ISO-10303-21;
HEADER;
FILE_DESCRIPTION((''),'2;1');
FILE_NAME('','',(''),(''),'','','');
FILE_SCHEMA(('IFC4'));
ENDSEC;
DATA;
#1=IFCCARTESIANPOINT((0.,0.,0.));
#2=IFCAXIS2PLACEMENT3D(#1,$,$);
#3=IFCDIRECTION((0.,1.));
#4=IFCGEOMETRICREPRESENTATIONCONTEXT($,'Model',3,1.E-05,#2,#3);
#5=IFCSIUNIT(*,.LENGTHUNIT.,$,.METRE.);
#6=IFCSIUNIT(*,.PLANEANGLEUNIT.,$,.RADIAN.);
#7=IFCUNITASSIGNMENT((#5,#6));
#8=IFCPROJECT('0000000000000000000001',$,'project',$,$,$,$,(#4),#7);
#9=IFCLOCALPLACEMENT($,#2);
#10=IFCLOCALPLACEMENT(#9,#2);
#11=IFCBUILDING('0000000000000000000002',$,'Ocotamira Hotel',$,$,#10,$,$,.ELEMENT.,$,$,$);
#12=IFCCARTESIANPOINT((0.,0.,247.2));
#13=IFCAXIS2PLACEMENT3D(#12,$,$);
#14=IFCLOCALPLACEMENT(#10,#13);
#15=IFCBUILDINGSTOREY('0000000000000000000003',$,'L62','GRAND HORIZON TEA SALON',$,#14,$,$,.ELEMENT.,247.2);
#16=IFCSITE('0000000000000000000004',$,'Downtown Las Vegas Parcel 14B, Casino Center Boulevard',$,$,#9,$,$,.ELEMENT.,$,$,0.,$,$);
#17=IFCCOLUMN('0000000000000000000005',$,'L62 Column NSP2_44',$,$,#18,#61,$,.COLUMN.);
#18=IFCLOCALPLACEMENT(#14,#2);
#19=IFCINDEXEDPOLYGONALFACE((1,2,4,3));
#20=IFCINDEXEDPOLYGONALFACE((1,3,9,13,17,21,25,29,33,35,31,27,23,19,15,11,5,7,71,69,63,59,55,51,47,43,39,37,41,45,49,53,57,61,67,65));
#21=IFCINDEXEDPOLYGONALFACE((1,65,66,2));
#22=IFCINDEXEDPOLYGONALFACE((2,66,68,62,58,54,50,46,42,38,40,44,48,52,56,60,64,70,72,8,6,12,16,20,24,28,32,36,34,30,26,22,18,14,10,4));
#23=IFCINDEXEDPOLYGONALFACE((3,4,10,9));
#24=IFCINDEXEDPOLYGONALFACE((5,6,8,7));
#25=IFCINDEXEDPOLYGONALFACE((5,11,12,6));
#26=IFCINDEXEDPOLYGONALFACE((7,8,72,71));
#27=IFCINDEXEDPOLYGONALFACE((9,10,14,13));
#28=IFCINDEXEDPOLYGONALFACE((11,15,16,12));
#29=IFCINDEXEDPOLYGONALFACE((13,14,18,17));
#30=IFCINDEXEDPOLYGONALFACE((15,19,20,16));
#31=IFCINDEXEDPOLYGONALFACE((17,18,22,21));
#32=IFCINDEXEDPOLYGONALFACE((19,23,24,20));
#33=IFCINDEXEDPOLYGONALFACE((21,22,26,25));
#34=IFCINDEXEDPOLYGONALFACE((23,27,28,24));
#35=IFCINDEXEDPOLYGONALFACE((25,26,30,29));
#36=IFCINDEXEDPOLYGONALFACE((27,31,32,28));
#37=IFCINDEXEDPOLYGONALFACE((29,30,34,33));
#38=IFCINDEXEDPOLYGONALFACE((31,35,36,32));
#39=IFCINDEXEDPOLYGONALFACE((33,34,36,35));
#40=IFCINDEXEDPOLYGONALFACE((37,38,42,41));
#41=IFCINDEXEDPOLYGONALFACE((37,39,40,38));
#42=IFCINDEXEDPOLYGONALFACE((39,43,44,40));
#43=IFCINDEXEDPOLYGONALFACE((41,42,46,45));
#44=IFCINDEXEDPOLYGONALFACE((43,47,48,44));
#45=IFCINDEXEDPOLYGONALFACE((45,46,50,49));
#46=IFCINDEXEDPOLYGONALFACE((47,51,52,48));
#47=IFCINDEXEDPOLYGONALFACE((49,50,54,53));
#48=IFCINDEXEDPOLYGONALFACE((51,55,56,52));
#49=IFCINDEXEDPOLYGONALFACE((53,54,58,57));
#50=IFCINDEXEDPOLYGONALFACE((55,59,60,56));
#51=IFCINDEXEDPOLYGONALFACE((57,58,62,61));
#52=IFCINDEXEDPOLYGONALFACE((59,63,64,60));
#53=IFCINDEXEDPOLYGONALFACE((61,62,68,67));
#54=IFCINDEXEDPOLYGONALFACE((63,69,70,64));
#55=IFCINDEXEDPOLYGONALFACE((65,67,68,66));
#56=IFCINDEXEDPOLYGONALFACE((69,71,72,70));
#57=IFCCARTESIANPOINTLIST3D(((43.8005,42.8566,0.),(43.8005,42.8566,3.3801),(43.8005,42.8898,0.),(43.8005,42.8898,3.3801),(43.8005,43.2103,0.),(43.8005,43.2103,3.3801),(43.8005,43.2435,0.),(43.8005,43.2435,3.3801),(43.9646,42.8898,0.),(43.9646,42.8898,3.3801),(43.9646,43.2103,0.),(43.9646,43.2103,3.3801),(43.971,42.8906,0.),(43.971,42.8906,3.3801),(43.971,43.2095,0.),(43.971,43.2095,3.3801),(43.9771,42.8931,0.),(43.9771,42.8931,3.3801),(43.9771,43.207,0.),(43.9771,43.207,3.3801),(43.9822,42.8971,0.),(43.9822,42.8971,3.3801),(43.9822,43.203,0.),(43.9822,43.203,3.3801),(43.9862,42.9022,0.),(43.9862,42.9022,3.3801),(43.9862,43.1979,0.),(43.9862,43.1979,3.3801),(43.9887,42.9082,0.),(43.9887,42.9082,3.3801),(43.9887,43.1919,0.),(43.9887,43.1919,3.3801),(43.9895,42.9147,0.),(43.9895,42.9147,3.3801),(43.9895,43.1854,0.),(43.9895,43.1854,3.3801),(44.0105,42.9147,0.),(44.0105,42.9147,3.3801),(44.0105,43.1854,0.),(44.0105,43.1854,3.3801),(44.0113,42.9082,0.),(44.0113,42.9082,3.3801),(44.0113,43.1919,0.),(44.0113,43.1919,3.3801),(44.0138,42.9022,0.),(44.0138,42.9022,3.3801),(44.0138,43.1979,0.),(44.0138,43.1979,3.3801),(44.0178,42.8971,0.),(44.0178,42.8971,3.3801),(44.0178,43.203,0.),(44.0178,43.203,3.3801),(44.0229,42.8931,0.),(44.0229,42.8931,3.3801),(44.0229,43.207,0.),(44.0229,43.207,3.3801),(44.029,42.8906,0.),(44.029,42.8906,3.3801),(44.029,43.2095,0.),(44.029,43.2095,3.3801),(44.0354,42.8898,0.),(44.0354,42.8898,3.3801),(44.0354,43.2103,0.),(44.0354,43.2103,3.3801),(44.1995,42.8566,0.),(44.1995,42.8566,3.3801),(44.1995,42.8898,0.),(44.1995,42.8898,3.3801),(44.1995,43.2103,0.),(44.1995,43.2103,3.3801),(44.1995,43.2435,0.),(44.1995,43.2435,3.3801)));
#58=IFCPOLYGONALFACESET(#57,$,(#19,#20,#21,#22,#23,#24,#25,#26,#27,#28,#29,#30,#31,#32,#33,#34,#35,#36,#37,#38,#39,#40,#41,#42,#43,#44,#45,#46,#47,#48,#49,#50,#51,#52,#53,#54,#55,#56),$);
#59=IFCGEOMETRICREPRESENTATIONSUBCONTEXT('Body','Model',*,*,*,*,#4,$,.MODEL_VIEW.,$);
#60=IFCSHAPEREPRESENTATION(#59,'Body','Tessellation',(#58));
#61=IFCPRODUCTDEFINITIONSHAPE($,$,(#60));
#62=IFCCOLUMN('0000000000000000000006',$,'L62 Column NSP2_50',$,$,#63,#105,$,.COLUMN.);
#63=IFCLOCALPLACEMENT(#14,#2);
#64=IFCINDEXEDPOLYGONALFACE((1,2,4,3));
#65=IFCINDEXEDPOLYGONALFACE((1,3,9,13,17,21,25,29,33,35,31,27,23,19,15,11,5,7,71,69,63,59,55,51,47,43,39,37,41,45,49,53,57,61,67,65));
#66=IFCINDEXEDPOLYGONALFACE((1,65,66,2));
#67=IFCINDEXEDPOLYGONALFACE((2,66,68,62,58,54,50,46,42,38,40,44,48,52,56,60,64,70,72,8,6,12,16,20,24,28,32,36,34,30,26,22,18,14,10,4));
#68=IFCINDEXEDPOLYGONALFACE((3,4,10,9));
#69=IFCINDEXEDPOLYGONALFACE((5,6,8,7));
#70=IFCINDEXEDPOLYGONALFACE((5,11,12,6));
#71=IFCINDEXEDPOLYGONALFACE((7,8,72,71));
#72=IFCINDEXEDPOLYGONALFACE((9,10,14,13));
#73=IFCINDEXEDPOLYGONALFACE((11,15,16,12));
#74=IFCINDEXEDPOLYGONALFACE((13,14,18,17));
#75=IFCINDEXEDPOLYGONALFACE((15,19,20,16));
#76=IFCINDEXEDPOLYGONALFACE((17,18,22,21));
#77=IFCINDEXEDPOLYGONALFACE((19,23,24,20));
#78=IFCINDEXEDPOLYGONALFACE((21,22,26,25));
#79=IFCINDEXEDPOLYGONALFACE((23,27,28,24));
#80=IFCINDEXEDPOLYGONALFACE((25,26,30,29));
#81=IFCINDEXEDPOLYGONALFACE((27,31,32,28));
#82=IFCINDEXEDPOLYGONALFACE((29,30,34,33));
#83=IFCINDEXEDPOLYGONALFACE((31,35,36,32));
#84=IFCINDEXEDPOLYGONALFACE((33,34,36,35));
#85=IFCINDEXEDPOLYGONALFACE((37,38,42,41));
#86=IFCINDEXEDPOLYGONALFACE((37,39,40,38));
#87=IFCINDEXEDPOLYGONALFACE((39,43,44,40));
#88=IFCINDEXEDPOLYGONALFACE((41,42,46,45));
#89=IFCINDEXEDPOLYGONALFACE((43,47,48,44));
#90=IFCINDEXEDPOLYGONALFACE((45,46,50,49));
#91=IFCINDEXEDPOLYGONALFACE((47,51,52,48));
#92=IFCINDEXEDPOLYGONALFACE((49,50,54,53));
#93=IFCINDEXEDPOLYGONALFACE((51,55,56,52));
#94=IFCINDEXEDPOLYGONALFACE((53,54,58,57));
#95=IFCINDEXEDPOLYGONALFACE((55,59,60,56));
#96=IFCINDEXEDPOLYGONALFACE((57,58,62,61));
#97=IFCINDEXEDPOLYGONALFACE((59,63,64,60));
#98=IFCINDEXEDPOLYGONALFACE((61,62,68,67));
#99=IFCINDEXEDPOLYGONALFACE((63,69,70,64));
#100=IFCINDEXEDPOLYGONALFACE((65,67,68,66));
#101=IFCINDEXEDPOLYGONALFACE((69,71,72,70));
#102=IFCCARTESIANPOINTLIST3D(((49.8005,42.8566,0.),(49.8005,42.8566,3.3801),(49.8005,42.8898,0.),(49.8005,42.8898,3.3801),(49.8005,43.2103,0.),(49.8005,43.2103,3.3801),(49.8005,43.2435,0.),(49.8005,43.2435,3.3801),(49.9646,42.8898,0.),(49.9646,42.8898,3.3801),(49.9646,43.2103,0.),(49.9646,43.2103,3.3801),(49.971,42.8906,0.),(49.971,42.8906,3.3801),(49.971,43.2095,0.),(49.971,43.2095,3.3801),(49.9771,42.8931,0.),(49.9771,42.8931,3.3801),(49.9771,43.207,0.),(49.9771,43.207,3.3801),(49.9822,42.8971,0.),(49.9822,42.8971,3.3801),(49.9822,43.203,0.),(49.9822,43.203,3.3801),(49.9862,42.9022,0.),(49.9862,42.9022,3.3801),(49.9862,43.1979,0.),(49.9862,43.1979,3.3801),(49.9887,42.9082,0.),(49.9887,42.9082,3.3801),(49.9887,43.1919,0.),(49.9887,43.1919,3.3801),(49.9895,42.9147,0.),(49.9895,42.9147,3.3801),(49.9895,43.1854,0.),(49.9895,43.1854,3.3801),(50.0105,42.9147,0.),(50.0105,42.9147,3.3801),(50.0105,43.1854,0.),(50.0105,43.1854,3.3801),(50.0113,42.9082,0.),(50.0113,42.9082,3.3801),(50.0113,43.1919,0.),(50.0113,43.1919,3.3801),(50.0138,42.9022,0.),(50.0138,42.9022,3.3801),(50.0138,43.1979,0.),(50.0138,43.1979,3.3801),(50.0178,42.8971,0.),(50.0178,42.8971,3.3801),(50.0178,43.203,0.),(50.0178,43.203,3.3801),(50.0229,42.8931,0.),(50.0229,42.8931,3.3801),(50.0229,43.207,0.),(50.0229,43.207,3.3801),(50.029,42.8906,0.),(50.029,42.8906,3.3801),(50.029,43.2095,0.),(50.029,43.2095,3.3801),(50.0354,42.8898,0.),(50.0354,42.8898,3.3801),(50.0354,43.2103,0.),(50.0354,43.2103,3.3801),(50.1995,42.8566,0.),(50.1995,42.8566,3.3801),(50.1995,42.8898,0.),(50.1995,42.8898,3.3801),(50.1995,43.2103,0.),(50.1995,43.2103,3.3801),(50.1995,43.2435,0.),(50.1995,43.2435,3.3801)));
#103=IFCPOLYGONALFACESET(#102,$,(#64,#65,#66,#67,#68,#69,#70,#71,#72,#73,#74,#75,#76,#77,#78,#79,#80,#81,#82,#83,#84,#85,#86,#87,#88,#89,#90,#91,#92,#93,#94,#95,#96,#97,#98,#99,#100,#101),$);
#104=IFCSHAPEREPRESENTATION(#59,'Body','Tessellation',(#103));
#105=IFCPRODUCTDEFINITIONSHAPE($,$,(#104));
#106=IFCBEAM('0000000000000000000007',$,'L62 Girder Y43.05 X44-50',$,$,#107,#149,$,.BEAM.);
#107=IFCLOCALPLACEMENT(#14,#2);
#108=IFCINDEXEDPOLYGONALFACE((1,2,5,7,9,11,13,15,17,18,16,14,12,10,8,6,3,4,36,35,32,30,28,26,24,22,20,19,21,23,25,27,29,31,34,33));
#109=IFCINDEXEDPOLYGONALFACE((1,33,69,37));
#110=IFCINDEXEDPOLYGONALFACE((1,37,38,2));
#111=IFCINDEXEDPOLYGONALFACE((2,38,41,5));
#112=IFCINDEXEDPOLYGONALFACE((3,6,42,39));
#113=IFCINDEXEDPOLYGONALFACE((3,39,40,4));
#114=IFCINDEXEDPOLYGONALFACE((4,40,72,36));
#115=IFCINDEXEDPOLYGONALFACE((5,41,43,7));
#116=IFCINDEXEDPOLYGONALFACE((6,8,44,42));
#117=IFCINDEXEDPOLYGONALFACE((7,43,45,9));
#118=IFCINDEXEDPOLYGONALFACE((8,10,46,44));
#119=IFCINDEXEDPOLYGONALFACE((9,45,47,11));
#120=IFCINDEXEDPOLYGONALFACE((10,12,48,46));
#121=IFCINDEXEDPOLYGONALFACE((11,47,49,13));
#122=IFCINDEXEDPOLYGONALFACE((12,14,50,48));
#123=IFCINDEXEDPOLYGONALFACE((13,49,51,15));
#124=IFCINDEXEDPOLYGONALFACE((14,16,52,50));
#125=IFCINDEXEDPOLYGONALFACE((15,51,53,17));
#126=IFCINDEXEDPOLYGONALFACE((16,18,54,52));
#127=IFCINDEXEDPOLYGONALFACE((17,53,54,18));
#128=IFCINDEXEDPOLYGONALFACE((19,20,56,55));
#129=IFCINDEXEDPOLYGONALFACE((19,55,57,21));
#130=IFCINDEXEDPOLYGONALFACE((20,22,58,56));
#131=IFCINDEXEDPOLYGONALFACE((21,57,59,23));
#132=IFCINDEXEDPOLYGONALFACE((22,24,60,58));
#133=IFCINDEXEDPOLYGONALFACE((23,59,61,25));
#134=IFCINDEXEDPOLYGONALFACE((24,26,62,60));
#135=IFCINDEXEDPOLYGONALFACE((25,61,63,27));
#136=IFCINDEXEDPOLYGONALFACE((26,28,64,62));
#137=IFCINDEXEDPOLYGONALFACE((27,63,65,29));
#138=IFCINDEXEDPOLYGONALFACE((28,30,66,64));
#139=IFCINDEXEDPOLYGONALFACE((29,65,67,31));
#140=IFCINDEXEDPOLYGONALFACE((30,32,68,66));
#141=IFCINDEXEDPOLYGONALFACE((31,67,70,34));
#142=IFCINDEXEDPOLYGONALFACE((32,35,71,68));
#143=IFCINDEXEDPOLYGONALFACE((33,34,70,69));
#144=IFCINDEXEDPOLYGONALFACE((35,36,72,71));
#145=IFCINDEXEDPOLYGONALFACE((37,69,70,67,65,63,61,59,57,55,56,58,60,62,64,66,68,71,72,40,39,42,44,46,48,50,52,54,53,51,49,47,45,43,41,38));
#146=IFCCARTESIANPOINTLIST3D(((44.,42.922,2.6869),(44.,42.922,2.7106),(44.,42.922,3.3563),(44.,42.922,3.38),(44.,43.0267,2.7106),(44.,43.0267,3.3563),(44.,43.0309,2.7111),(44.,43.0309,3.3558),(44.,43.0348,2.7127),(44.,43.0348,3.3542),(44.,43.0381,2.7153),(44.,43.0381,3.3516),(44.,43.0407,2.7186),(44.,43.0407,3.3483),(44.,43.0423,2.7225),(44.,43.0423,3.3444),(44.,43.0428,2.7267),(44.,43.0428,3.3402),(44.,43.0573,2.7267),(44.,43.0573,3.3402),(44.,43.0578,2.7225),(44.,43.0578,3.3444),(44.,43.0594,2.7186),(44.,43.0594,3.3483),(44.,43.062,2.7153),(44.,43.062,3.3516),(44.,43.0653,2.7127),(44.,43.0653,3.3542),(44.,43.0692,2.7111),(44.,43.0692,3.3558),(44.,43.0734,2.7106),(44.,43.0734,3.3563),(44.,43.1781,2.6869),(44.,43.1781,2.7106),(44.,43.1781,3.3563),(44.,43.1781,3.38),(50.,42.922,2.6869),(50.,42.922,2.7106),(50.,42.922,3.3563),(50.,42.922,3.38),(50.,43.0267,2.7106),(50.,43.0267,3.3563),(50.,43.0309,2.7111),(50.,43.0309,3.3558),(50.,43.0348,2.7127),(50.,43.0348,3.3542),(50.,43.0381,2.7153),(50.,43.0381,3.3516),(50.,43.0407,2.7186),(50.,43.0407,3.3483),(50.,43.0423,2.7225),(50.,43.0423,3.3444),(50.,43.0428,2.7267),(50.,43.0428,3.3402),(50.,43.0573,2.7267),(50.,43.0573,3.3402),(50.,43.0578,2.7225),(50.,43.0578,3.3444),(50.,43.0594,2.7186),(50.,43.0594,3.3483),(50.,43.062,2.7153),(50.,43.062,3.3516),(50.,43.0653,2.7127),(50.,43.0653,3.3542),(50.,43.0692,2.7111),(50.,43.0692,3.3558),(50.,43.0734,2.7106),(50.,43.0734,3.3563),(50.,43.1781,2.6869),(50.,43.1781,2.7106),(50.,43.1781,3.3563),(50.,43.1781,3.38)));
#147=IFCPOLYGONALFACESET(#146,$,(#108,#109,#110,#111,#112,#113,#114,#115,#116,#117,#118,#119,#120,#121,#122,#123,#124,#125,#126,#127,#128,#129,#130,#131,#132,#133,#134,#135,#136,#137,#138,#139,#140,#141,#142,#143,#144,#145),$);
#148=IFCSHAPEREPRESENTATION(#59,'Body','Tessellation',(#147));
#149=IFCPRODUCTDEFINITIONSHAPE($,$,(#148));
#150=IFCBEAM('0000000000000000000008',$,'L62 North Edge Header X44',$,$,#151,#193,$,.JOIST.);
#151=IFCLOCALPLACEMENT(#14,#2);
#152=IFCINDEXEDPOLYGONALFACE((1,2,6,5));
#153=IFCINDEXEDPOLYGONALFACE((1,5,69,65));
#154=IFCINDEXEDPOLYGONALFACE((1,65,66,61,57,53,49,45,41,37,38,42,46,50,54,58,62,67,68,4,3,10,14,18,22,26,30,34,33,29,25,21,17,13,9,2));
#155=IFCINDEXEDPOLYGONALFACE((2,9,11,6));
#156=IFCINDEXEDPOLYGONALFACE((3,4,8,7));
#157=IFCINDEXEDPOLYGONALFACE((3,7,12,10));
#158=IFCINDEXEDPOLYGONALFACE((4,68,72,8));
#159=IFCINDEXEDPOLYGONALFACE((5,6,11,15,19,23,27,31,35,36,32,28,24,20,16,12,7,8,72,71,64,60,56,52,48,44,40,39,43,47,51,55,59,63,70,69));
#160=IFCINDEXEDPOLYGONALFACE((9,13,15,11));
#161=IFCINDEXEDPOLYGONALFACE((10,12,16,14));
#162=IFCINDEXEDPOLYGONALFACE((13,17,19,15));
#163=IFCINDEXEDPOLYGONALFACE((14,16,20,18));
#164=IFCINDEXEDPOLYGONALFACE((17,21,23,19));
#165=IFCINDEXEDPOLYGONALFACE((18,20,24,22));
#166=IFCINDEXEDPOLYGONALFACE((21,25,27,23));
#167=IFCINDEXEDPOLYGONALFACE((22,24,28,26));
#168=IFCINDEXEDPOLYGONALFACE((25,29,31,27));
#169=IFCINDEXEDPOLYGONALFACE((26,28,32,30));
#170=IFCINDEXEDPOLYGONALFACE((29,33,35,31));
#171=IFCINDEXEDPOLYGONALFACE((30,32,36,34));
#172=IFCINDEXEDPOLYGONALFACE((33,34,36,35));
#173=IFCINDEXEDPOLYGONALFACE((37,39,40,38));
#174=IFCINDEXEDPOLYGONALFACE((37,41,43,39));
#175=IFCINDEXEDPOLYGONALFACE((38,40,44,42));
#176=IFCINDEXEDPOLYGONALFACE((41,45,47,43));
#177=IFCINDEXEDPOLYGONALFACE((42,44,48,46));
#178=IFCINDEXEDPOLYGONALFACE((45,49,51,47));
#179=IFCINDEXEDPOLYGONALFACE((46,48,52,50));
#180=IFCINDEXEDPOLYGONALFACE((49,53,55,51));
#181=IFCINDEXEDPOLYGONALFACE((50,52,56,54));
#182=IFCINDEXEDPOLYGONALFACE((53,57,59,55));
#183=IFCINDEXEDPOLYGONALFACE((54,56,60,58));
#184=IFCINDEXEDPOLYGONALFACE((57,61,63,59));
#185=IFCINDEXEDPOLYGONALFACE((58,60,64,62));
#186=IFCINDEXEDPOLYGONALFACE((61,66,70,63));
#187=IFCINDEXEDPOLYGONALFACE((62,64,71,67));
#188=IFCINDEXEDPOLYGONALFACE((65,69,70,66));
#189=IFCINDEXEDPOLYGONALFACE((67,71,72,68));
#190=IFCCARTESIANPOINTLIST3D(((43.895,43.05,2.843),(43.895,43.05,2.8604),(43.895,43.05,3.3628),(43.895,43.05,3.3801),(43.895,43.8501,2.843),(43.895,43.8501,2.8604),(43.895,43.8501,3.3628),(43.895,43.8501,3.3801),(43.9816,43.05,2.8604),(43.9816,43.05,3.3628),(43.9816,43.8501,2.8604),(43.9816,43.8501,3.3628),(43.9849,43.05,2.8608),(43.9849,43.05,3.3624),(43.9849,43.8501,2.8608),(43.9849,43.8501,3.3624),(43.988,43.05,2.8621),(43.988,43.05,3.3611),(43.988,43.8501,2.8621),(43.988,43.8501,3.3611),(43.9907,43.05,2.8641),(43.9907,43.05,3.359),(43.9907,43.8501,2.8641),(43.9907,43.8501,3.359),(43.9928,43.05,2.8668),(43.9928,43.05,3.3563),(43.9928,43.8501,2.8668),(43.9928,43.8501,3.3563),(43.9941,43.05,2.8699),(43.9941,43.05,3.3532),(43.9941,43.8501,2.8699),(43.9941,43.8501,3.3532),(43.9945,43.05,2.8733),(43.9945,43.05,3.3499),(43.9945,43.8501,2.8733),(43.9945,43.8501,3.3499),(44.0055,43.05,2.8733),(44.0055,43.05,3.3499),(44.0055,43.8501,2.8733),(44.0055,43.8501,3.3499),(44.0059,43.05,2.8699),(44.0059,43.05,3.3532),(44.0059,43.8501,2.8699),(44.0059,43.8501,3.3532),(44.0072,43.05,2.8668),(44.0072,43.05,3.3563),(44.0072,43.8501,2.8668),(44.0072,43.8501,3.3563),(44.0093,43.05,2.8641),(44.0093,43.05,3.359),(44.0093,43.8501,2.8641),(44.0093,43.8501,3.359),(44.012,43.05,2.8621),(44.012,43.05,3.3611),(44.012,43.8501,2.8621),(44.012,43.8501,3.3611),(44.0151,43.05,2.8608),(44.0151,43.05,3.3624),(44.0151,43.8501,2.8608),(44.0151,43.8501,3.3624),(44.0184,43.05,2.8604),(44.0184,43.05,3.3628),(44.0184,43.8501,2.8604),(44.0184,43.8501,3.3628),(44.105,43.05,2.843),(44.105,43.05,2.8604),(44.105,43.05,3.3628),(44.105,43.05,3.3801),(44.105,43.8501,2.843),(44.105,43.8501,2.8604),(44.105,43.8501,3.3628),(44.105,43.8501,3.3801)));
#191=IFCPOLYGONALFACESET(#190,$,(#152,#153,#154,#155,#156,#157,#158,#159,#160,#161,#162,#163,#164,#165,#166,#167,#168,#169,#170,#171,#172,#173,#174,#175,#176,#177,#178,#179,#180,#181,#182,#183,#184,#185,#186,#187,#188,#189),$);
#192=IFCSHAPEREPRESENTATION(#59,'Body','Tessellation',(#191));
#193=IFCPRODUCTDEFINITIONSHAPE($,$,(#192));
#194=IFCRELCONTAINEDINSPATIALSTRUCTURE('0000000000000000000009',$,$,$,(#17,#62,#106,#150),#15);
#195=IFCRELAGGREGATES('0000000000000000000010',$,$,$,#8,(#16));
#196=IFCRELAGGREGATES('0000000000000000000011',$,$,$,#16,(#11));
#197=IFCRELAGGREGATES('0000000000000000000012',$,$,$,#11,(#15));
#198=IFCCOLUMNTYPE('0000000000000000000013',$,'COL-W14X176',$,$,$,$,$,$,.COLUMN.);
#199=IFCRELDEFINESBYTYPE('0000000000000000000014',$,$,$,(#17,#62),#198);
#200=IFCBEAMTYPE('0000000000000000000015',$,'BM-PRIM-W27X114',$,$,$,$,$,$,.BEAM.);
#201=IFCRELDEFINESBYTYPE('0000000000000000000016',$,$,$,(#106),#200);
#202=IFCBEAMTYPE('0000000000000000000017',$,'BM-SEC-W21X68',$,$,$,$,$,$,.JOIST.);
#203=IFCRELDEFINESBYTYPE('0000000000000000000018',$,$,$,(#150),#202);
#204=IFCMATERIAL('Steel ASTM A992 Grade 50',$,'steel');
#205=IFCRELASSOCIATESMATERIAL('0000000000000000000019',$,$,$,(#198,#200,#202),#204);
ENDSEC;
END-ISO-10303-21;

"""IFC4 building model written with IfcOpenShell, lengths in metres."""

from ifc_helpers import new_model, si_unit, direction, frame, origin, origin_2d, place, context, subcontext, project, spatial, i_section, extrude, source, transform, mapped, material, material_profile, profile_set, type_object, element, save


model = new_model("IFC4")

# Units and contexts
model_context = context("Model", 3, precision=1e-05, world=origin(), true_north=direction((0.0, 1.0)))
body_context = subcontext(model_context, "Body", "Model", "MODEL_VIEW")
ifc_project = project(units=[si_unit("LENGTHUNIT", "METRE"), si_unit("PLANEANGLEUNIT", "RADIAN")], contexts=[model_context])

# Site, building, storey
site_placement = place(None, origin())
site = spatial("IfcSite", under=ifc_project, at=site_placement, Name="Downtown Las Vegas Parcel 14B, Casino Center Boulevard", CompositionType="ELEMENT", RefElevation=0.0)
building_placement = place(site_placement, origin())
building = spatial("IfcBuilding", under=site, at=building_placement, Name="Ocotamira Hotel", CompositionType="ELEMENT")
storey_placement = place(building_placement, frame((0.0, 0.0, 247.2)))
storey = spatial("IfcBuildingStorey", under=building, at=storey_placement, Name="L62", Description="GRAND HORIZON TEA SALON", CompositionType="ELEMENT", Elevation=247.2)

# Columns
ifc_material_1 = material(Name="Steel ASTM A992 Grade 50", Category="steel")
ifc_material_profile_1 = material_profile(ifc_material_1, i_section(OverallWidth=0.3989, OverallDepth=0.387, WebThickness=0.021, FlangeThickness=0.0332, FilletRadius=0.0249, at=origin_2d()), Name="W14X176")
ifc_profile_set_1 = profile_set([ifc_material_profile_1], Name="Steel ASTM A992 Grade 50")
column_type = type_object("IfcColumnType", Name="COL-W14X176", PredefinedType="COLUMN", material=ifc_profile_set_1)
shared_shape_1 = source(origin(), body_context, "Body", "SweptSolid", [
    extrude(i_section(OverallWidth=0.3989, OverallDepth=0.387, WebThickness=0.021, FlangeThickness=0.0332, FilletRadius=0.0249, at=origin_2d()), origin(), (0.0, 0.0, 1.0), 3.3801),
])
for number, where, z_axis, x_axis, name in (
    (1, (44.0, 43.05, 0.0), (0.0, 0.0, 1.0), (1.0, 0.0, 0.0), "L62 Column NSP2_44"),
    (2, (50.0, 43.05, 0.0), (0.0, 0.0, 1.0), (1.0, 0.0, 0.0), "L62 Column NSP2_50"),
):
    element("IfcColumn", number, at=place(storey_placement, frame(where, z_axis=z_axis, x_axis=x_axis)), inside=storey, type_object=column_type, Name=name, PredefinedType="COLUMN", context=body_context, shape_type="MappedRepresentation", body=[
        mapped(shared_shape_1, transform((0.0, 0.0, 0.0), scale=1.0)),
    ])

# Beams
ifc_material_profile_2 = material_profile(ifc_material_1, i_section(OverallWidth=0.2561, OverallDepth=0.6931, WebThickness=0.0144, FlangeThickness=0.0237, FilletRadius=0.0161, at=origin_2d()), Name="W27X114")
ifc_profile_set_2 = profile_set([ifc_material_profile_2], Name="Steel ASTM A992 Grade 50")
beam_type_1 = type_object("IfcBeamType", Name="BM-PRIM-W27X114", PredefinedType="BEAM", material=ifc_profile_set_2)
shared_shape_2 = source(origin(), body_context, "Body", "SweptSolid", [
    extrude(i_section(OverallWidth=0.2561, OverallDepth=0.6931, WebThickness=0.0144, FlangeThickness=0.0237, FilletRadius=0.0161, at=origin_2d()), origin(), (0.0, 0.0, 1.0), 6.0),
])
beam_1_placement = place(storey_placement, frame((44.0, 43.05, 3.0334), z_axis=(1.0, 0.0, 0.0), x_axis=(0.0, 1.0, 0.0)))
element("IfcBeam", 3, at=beam_1_placement, inside=storey, type_object=beam_type_1, Name="L62 Girder Y43.05 X44-50", PredefinedType="BEAM", context=body_context, shape_type="MappedRepresentation", body=[
    mapped(shared_shape_2, transform((0.0, 0.0, 0.0), scale=1.0)),
])
ifc_material_profile_3 = material_profile(ifc_material_1, i_section(OverallWidth=0.21, OverallDepth=0.5371, WebThickness=0.011, FlangeThickness=0.0173, FilletRadius=0.0129, at=origin_2d()), Name="W21X68")
ifc_profile_set_3 = profile_set([ifc_material_profile_3], Name="Steel ASTM A992 Grade 50")
beam_type_2 = type_object("IfcBeamType", Name="BM-SEC-W21X68", PredefinedType="JOIST", material=ifc_profile_set_3)
shared_shape_3 = source(origin(), body_context, "Body", "SweptSolid", [
    extrude(i_section(OverallWidth=0.21, OverallDepth=0.5371, WebThickness=0.011, FlangeThickness=0.0173, FilletRadius=0.0129, at=origin_2d()), origin(), (0.0, 0.0, 1.0), 0.8),
])
for number, where, z_axis, x_axis, name in (
    (4, (44.0, 43.05, 3.1116), (0.0, 1.0, 0.0), (-1.0, 0.0, 0.0), "L62 North Edge Header X44"),
):
    element("IfcBeam", number, at=place(storey_placement, frame(where, z_axis=z_axis, x_axis=x_axis)), inside=storey, type_object=beam_type_2, Name=name, PredefinedType="JOIST", context=body_context, shape_type="MappedRepresentation", body=[
        mapped(shared_shape_3, transform((0.0, 0.0, 0.0), scale=1.0)),
    ])

save(model, "model.ifc")
